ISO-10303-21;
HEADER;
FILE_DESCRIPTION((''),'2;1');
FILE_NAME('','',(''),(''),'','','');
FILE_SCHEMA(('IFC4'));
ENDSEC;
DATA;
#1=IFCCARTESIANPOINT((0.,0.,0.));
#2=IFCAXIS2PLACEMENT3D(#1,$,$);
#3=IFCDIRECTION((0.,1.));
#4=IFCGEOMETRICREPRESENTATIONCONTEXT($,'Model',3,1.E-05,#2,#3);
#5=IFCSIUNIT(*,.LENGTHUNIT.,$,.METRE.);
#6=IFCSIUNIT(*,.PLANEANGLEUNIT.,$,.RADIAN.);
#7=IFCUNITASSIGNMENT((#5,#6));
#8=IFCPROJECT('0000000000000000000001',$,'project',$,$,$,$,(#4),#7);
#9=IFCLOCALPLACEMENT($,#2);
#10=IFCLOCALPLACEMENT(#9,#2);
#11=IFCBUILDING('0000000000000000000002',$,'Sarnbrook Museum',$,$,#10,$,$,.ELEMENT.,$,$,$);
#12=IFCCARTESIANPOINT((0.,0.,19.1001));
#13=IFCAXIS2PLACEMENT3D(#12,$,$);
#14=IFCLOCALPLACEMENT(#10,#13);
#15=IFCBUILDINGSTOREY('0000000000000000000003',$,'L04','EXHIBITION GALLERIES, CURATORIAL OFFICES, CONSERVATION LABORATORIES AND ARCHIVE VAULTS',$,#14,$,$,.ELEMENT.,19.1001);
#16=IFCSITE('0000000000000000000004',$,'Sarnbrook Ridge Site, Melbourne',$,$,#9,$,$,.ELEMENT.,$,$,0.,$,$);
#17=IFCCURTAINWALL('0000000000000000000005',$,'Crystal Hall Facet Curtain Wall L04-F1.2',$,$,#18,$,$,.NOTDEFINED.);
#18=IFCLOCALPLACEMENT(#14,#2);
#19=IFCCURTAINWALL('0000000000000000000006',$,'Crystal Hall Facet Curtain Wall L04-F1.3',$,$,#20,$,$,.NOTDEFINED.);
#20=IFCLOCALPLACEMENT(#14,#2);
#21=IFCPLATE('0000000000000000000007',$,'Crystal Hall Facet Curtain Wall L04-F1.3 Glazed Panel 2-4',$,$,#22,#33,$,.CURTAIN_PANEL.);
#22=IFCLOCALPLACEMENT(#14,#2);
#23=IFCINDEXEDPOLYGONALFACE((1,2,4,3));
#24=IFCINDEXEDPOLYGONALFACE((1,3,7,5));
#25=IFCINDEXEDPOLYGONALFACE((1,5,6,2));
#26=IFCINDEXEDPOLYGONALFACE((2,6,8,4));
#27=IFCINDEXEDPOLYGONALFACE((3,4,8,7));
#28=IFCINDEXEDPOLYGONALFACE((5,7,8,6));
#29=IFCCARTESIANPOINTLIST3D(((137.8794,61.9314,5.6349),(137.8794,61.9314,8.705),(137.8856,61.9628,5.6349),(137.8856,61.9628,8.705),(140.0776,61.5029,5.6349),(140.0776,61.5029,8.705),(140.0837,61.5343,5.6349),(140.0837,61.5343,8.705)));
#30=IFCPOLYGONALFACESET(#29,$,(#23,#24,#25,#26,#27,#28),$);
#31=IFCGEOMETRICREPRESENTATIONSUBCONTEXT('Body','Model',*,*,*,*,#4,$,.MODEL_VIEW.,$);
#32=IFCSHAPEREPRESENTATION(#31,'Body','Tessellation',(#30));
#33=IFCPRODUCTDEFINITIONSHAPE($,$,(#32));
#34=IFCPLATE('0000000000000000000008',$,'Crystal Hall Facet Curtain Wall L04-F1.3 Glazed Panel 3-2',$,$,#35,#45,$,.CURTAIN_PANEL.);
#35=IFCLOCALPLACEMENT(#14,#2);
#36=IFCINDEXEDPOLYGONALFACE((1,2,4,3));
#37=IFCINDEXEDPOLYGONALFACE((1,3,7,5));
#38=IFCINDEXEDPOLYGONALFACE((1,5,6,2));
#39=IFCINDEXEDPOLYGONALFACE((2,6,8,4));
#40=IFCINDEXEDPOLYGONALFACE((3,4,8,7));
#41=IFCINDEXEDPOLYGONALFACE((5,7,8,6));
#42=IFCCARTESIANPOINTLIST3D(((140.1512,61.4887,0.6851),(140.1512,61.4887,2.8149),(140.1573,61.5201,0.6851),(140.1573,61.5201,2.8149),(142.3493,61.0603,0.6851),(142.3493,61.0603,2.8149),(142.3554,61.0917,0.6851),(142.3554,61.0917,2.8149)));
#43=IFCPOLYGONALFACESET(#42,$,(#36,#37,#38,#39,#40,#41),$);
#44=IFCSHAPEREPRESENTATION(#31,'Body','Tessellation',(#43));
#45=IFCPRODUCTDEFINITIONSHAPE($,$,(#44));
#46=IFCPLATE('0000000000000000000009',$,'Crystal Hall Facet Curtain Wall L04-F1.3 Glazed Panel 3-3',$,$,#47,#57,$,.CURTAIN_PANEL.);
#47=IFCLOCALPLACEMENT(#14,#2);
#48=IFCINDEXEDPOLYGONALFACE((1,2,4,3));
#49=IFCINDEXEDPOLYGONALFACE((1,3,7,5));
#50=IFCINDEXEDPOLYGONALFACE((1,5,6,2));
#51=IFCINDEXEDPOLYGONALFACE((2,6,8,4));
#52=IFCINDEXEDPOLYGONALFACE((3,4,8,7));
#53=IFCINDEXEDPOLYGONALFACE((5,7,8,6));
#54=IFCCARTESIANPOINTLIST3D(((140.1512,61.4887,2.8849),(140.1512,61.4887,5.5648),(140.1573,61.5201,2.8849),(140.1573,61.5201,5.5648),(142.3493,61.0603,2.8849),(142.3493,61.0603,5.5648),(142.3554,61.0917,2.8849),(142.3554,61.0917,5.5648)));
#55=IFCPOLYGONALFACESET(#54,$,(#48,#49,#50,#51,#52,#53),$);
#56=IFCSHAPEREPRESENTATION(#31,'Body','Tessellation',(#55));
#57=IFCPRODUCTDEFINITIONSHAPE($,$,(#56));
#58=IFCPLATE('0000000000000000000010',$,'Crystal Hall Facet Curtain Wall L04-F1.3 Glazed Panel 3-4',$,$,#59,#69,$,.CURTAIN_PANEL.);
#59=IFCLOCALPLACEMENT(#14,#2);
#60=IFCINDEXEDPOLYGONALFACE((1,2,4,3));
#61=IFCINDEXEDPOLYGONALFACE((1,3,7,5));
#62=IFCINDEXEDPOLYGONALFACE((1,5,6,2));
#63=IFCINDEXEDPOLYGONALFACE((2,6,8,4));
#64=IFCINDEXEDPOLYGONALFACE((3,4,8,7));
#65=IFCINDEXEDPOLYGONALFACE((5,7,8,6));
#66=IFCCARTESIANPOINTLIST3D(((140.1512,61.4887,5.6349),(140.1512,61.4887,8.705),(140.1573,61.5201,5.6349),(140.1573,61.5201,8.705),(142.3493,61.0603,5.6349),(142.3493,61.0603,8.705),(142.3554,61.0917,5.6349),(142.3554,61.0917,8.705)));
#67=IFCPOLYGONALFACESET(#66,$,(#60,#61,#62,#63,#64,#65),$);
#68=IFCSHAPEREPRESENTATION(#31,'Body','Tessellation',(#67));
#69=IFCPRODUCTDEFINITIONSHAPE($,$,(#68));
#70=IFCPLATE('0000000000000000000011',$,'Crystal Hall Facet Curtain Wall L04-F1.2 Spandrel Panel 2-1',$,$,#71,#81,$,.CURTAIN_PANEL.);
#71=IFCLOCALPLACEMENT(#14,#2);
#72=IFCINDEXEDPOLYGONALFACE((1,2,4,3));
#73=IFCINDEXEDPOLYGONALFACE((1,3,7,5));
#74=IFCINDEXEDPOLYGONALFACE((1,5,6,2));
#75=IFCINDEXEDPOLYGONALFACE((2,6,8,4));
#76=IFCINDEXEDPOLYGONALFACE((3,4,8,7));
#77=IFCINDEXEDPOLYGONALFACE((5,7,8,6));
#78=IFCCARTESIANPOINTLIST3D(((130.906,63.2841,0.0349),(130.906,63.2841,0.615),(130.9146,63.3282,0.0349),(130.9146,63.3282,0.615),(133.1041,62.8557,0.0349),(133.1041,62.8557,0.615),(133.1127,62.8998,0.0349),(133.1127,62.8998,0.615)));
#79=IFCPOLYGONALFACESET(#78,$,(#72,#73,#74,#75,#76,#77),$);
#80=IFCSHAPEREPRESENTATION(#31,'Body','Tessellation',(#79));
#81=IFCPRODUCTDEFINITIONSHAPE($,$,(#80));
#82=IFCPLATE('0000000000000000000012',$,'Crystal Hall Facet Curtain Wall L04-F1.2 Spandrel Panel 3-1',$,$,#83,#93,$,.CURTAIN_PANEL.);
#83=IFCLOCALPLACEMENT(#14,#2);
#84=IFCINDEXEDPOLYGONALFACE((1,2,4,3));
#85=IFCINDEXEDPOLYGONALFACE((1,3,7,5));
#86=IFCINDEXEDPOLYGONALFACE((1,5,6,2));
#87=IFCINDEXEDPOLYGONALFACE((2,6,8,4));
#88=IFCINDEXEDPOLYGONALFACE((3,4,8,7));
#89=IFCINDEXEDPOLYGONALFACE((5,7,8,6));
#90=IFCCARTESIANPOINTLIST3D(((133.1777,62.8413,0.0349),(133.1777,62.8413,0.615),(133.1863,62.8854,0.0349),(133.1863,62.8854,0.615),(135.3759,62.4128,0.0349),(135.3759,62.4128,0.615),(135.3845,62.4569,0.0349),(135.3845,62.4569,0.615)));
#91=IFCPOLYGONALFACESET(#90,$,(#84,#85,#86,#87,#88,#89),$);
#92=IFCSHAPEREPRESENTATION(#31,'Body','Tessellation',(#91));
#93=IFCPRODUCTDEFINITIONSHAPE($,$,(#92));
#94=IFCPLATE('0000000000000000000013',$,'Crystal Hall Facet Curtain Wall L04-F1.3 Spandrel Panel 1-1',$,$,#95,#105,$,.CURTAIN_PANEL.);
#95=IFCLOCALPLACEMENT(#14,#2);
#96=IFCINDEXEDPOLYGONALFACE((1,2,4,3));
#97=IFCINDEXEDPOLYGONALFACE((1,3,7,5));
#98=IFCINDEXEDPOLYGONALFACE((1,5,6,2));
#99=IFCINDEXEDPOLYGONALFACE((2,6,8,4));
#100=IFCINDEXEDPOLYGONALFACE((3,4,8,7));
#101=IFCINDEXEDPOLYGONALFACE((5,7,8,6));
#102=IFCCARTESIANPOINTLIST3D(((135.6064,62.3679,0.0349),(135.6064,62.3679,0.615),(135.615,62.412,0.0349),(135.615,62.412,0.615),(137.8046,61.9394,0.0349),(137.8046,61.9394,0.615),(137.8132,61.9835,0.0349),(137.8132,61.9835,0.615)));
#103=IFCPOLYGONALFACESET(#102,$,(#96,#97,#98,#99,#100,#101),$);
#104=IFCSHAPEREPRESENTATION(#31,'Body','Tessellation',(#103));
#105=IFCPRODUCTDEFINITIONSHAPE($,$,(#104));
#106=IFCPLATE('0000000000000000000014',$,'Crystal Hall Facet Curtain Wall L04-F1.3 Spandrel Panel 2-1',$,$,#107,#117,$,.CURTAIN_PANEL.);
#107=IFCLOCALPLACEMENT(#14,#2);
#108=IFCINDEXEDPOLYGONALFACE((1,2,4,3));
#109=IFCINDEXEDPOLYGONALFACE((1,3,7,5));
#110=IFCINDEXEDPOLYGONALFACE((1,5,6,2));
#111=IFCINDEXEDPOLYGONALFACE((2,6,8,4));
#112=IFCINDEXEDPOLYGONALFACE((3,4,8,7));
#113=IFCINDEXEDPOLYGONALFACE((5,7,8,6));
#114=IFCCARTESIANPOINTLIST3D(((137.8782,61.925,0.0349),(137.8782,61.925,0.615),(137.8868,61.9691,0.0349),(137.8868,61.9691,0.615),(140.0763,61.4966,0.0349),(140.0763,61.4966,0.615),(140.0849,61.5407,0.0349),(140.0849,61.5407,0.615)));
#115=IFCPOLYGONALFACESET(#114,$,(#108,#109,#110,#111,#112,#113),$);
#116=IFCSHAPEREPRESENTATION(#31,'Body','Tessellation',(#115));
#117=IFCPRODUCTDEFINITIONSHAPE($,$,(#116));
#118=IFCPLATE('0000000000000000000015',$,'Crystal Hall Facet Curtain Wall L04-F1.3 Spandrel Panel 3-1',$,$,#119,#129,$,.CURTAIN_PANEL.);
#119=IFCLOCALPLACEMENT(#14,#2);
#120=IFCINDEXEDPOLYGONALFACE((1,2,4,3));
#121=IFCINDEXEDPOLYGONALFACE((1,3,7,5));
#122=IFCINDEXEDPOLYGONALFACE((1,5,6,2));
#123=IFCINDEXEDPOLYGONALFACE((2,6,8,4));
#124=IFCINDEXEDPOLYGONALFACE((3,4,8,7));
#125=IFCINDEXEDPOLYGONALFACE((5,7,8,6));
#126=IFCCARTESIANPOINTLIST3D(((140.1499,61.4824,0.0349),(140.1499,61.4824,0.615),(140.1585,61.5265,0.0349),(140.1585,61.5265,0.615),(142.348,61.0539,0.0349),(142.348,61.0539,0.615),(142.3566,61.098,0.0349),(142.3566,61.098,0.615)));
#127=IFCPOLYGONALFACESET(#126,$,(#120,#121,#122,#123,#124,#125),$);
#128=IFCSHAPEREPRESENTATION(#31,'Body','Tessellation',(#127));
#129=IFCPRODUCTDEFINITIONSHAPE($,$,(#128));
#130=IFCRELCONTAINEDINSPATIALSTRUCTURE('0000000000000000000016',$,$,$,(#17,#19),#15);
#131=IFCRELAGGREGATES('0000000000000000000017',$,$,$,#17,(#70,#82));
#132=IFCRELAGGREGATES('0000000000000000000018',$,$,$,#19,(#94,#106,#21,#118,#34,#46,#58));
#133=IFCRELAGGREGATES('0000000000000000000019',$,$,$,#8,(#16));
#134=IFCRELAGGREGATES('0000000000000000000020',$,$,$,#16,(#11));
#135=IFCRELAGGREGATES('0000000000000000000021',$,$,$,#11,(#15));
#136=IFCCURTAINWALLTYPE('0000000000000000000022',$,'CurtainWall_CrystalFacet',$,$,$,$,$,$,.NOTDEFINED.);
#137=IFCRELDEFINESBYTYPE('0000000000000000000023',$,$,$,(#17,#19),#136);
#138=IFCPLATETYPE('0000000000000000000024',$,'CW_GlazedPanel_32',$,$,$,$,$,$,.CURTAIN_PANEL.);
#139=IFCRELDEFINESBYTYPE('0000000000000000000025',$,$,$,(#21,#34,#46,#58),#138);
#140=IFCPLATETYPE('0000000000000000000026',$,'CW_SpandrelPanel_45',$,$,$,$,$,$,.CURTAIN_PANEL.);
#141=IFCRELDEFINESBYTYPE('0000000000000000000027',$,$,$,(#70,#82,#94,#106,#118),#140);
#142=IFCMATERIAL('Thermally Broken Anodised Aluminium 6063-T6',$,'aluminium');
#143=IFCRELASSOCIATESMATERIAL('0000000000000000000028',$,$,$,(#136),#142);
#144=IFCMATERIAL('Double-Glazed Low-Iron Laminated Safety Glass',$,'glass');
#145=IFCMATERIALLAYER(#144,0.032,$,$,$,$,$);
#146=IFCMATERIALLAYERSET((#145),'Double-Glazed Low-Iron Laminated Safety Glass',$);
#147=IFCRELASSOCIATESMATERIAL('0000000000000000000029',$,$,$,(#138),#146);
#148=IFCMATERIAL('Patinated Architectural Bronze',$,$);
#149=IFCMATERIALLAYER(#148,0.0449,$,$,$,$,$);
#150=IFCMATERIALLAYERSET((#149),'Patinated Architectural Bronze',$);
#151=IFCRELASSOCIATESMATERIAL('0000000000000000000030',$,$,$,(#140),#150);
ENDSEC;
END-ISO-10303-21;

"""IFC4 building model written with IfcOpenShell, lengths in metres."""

from ifc_helpers import new_model, si_unit, direction, frame, origin, origin_2d, place, context, subcontext, project, spatial, rectangle, extrude, material, layer, layer_set, type_object, element, aggregate, save


model = new_model("IFC4")

# Units and contexts
model_context = context("Model", 3, precision=1e-05, world=origin(), true_north=direction((0.0, 1.0)))
body_context = subcontext(model_context, "Body", "Model", "MODEL_VIEW")
ifc_project = project(units=[si_unit("LENGTHUNIT", "METRE"), si_unit("PLANEANGLEUNIT", "RADIAN")], contexts=[model_context])

# Site, building, storey
site_placement = place(None, origin())
site = spatial("IfcSite", under=ifc_project, at=site_placement, Name="Sarnbrook Ridge Site, Melbourne", CompositionType="ELEMENT", RefElevation=0.0)
building_placement = place(site_placement, origin())
building = spatial("IfcBuilding", under=site, at=building_placement, Name="Sarnbrook Museum", CompositionType="ELEMENT")
storey_placement = place(building_placement, frame((0.0, 0.0, 19.1001)))
storey = spatial("IfcBuildingStorey", under=building, at=storey_placement, Name="L04", Description="EXHIBITION GALLERIES, CURATORIAL OFFICES, CONSERVATION LABORATORIES AND ARCHIVE VAULTS", CompositionType="ELEMENT", Elevation=19.1001)

# Curtain walls
ifc_material_1 = material(Name="Thermally Broken Anodised Aluminium 6063-T6", Category="aluminium")
curtain_wall_type = type_object("IfcCurtainWallType", Name="CurtainWall_CrystalFacet", PredefinedType="NOTDEFINED", material=ifc_material_1)
curtain_wall_1_placement = place(storey_placement, origin())
curtain_wall_1 = element("IfcCurtainWall", 1, at=curtain_wall_1_placement, inside=storey, type_object=curtain_wall_type, Name="Crystal Hall Facet Curtain Wall L04-F1.2", PredefinedType="NOTDEFINED")
curtain_wall_2_placement = place(storey_placement, origin())
curtain_wall_2 = element("IfcCurtainWall", 2, at=curtain_wall_2_placement, inside=storey, type_object=curtain_wall_type, Name="Crystal Hall Facet Curtain Wall L04-F1.3", PredefinedType="NOTDEFINED")

# Plates
ifc_material_2 = material(Name="Double-Glazed Low-Iron Laminated Safety Glass", Category="glass")
ifc_layer_1 = layer(ifc_material_2, 0.032)
ifc_layer_set_1 = layer_set([ifc_layer_1], Name="Double-Glazed Low-Iron Laminated Safety Glass")
plate_type_1 = type_object("IfcPlateType", Name="CW_GlazedPanel_32", PredefinedType="CURTAIN_PANEL", material=ifc_layer_set_1)
plate_1_placement = place(storey_placement, frame((138.9846, 61.7485, 7.1699), z_axis=(-0.191313, -0.981529, 0.0), x_axis=(0.981529, -0.191313, 0.0)))
plate_1 = element("IfcPlate", 3, at=plate_1_placement, type_object=plate_type_1, Name="Crystal Hall Facet Curtain Wall L04-F1.3 Glazed Panel 2-4", PredefinedType="CURTAIN_PANEL", context=body_context, shape_type="SweptSolid", body=[
    extrude(rectangle(XDim=2.2395, YDim=3.0701, at=origin_2d()), origin(), (0.0, 0.0, 1.0), 0.032),
])
plate_2_placement = place(storey_placement, frame((141.2563, 61.3059, 1.75), z_axis=(-0.191313, -0.981529, 0.0), x_axis=(0.981529, -0.191313, 0.0)))
plate_2 = element("IfcPlate", 4, at=plate_2_placement, type_object=plate_type_1, Name="Crystal Hall Facet Curtain Wall L04-F1.3 Glazed Panel 3-2", PredefinedType="CURTAIN_PANEL", context=body_context, shape_type="SweptSolid", body=[
    extrude(rectangle(XDim=2.2395, YDim=2.1299, at=origin_2d()), origin(), (0.0, 0.0, 1.0), 0.032),
])
plate_3_placement = place(storey_placement, frame((141.2563, 61.3059, 4.2249), z_axis=(-0.191313, -0.981529, 0.0), x_axis=(0.981529, -0.191313, 0.0)))
plate_3 = element("IfcPlate", 5, at=plate_3_placement, type_object=plate_type_1, Name="Crystal Hall Facet Curtain Wall L04-F1.3 Glazed Panel 3-3", PredefinedType="CURTAIN_PANEL", context=body_context, shape_type="SweptSolid", body=[
    extrude(rectangle(XDim=2.2395, YDim=2.6799, at=origin_2d()), origin(), (0.0, 0.0, 1.0), 0.032),
])
plate_4_placement = place(storey_placement, frame((141.2563, 61.3059, 7.1699), z_axis=(-0.191313, -0.981529, 0.0), x_axis=(0.981529, -0.191313, 0.0)))
plate_4 = element("IfcPlate", 6, at=plate_4_placement, type_object=plate_type_1, Name="Crystal Hall Facet Curtain Wall L04-F1.3 Glazed Panel 3-4", PredefinedType="CURTAIN_PANEL", context=body_context, shape_type="SweptSolid", body=[
    extrude(rectangle(XDim=2.2395, YDim=3.0701, at=origin_2d()), origin(), (0.0, 0.0, 1.0), 0.032),
])
ifc_material_3 = material(Name="Patinated Architectural Bronze")
ifc_layer_2 = layer(ifc_material_3, 0.0449)
ifc_layer_set_2 = layer_set([ifc_layer_2], Name="Patinated Architectural Bronze")
plate_type_2 = type_object("IfcPlateType", Name="CW_SpandrelPanel_45", PredefinedType="CURTAIN_PANEL", material=ifc_layer_set_2)
plate_5_placement = place(storey_placement, frame((132.0137, 63.114, 0.325), z_axis=(-0.191313, -0.981529, 0.0), x_axis=(0.981529, -0.191313, 0.0)))
plate_5 = element("IfcPlate", 7, at=plate_5_placement, type_object=plate_type_2, Name="Crystal Hall Facet Curtain Wall L04-F1.2 Spandrel Panel 2-1", PredefinedType="CURTAIN_PANEL", context=body_context, shape_type="SweptSolid", body=[
    extrude(rectangle(XDim=2.2395, YDim=0.5801, at=origin_2d()), origin(), (0.0, 0.0, 1.0), 0.0449),
])
plate_6_placement = place(storey_placement, frame((134.2854, 62.6711, 0.325), z_axis=(-0.191313, -0.981529, 0.0), x_axis=(0.981529, -0.191313, 0.0)))
plate_6 = element("IfcPlate", 8, at=plate_6_placement, type_object=plate_type_2, Name="Crystal Hall Facet Curtain Wall L04-F1.2 Spandrel Panel 3-1", PredefinedType="CURTAIN_PANEL", context=body_context, shape_type="SweptSolid", body=[
    extrude(rectangle(XDim=2.2395, YDim=0.5801, at=origin_2d()), origin(), (0.0, 0.0, 1.0), 0.0449),
])
aggregate(curtain_wall_1, [plate_5, plate_6])
plate_7_placement = place(storey_placement, frame((136.7141, 62.1978, 0.325), z_axis=(-0.191313, -0.981529, 0.0), x_axis=(0.981529, -0.191313, 0.0)))
plate_7 = element("IfcPlate", 9, at=plate_7_placement, type_object=plate_type_2, Name="Crystal Hall Facet Curtain Wall L04-F1.3 Spandrel Panel 1-1", PredefinedType="CURTAIN_PANEL", context=body_context, shape_type="SweptSolid", body=[
    extrude(rectangle(XDim=2.2395, YDim=0.5801, at=origin_2d()), origin(), (0.0, 0.0, 1.0), 0.0449),
])
plate_8_placement = place(storey_placement, frame((138.9858, 61.7549, 0.325), z_axis=(-0.191313, -0.981529, 0.0), x_axis=(0.981529, -0.191313, 0.0)))
plate_8 = element("IfcPlate", 10, at=plate_8_placement, type_object=plate_type_2, Name="Crystal Hall Facet Curtain Wall L04-F1.3 Spandrel Panel 2-1", PredefinedType="CURTAIN_PANEL", context=body_context, shape_type="SweptSolid", body=[
    extrude(rectangle(XDim=2.2395, YDim=0.5801, at=origin_2d()), origin(), (0.0, 0.0, 1.0), 0.0449),
])
plate_9_placement = place(storey_placement, frame((141.2576, 61.3123, 0.325), z_axis=(-0.191313, -0.981529, 0.0), x_axis=(0.981529, -0.191313, 0.0)))
plate_9 = element("IfcPlate", 11, at=plate_9_placement, type_object=plate_type_2, Name="Crystal Hall Facet Curtain Wall L04-F1.3 Spandrel Panel 3-1", PredefinedType="CURTAIN_PANEL", context=body_context, shape_type="SweptSolid", body=[
    extrude(rectangle(XDim=2.2395, YDim=0.5801, at=origin_2d()), origin(), (0.0, 0.0, 1.0), 0.0449),
])
aggregate(curtain_wall_2, [plate_7, plate_8, plate_1, plate_9, plate_2, plate_3, plate_4])

save(model, "model.ifc")
